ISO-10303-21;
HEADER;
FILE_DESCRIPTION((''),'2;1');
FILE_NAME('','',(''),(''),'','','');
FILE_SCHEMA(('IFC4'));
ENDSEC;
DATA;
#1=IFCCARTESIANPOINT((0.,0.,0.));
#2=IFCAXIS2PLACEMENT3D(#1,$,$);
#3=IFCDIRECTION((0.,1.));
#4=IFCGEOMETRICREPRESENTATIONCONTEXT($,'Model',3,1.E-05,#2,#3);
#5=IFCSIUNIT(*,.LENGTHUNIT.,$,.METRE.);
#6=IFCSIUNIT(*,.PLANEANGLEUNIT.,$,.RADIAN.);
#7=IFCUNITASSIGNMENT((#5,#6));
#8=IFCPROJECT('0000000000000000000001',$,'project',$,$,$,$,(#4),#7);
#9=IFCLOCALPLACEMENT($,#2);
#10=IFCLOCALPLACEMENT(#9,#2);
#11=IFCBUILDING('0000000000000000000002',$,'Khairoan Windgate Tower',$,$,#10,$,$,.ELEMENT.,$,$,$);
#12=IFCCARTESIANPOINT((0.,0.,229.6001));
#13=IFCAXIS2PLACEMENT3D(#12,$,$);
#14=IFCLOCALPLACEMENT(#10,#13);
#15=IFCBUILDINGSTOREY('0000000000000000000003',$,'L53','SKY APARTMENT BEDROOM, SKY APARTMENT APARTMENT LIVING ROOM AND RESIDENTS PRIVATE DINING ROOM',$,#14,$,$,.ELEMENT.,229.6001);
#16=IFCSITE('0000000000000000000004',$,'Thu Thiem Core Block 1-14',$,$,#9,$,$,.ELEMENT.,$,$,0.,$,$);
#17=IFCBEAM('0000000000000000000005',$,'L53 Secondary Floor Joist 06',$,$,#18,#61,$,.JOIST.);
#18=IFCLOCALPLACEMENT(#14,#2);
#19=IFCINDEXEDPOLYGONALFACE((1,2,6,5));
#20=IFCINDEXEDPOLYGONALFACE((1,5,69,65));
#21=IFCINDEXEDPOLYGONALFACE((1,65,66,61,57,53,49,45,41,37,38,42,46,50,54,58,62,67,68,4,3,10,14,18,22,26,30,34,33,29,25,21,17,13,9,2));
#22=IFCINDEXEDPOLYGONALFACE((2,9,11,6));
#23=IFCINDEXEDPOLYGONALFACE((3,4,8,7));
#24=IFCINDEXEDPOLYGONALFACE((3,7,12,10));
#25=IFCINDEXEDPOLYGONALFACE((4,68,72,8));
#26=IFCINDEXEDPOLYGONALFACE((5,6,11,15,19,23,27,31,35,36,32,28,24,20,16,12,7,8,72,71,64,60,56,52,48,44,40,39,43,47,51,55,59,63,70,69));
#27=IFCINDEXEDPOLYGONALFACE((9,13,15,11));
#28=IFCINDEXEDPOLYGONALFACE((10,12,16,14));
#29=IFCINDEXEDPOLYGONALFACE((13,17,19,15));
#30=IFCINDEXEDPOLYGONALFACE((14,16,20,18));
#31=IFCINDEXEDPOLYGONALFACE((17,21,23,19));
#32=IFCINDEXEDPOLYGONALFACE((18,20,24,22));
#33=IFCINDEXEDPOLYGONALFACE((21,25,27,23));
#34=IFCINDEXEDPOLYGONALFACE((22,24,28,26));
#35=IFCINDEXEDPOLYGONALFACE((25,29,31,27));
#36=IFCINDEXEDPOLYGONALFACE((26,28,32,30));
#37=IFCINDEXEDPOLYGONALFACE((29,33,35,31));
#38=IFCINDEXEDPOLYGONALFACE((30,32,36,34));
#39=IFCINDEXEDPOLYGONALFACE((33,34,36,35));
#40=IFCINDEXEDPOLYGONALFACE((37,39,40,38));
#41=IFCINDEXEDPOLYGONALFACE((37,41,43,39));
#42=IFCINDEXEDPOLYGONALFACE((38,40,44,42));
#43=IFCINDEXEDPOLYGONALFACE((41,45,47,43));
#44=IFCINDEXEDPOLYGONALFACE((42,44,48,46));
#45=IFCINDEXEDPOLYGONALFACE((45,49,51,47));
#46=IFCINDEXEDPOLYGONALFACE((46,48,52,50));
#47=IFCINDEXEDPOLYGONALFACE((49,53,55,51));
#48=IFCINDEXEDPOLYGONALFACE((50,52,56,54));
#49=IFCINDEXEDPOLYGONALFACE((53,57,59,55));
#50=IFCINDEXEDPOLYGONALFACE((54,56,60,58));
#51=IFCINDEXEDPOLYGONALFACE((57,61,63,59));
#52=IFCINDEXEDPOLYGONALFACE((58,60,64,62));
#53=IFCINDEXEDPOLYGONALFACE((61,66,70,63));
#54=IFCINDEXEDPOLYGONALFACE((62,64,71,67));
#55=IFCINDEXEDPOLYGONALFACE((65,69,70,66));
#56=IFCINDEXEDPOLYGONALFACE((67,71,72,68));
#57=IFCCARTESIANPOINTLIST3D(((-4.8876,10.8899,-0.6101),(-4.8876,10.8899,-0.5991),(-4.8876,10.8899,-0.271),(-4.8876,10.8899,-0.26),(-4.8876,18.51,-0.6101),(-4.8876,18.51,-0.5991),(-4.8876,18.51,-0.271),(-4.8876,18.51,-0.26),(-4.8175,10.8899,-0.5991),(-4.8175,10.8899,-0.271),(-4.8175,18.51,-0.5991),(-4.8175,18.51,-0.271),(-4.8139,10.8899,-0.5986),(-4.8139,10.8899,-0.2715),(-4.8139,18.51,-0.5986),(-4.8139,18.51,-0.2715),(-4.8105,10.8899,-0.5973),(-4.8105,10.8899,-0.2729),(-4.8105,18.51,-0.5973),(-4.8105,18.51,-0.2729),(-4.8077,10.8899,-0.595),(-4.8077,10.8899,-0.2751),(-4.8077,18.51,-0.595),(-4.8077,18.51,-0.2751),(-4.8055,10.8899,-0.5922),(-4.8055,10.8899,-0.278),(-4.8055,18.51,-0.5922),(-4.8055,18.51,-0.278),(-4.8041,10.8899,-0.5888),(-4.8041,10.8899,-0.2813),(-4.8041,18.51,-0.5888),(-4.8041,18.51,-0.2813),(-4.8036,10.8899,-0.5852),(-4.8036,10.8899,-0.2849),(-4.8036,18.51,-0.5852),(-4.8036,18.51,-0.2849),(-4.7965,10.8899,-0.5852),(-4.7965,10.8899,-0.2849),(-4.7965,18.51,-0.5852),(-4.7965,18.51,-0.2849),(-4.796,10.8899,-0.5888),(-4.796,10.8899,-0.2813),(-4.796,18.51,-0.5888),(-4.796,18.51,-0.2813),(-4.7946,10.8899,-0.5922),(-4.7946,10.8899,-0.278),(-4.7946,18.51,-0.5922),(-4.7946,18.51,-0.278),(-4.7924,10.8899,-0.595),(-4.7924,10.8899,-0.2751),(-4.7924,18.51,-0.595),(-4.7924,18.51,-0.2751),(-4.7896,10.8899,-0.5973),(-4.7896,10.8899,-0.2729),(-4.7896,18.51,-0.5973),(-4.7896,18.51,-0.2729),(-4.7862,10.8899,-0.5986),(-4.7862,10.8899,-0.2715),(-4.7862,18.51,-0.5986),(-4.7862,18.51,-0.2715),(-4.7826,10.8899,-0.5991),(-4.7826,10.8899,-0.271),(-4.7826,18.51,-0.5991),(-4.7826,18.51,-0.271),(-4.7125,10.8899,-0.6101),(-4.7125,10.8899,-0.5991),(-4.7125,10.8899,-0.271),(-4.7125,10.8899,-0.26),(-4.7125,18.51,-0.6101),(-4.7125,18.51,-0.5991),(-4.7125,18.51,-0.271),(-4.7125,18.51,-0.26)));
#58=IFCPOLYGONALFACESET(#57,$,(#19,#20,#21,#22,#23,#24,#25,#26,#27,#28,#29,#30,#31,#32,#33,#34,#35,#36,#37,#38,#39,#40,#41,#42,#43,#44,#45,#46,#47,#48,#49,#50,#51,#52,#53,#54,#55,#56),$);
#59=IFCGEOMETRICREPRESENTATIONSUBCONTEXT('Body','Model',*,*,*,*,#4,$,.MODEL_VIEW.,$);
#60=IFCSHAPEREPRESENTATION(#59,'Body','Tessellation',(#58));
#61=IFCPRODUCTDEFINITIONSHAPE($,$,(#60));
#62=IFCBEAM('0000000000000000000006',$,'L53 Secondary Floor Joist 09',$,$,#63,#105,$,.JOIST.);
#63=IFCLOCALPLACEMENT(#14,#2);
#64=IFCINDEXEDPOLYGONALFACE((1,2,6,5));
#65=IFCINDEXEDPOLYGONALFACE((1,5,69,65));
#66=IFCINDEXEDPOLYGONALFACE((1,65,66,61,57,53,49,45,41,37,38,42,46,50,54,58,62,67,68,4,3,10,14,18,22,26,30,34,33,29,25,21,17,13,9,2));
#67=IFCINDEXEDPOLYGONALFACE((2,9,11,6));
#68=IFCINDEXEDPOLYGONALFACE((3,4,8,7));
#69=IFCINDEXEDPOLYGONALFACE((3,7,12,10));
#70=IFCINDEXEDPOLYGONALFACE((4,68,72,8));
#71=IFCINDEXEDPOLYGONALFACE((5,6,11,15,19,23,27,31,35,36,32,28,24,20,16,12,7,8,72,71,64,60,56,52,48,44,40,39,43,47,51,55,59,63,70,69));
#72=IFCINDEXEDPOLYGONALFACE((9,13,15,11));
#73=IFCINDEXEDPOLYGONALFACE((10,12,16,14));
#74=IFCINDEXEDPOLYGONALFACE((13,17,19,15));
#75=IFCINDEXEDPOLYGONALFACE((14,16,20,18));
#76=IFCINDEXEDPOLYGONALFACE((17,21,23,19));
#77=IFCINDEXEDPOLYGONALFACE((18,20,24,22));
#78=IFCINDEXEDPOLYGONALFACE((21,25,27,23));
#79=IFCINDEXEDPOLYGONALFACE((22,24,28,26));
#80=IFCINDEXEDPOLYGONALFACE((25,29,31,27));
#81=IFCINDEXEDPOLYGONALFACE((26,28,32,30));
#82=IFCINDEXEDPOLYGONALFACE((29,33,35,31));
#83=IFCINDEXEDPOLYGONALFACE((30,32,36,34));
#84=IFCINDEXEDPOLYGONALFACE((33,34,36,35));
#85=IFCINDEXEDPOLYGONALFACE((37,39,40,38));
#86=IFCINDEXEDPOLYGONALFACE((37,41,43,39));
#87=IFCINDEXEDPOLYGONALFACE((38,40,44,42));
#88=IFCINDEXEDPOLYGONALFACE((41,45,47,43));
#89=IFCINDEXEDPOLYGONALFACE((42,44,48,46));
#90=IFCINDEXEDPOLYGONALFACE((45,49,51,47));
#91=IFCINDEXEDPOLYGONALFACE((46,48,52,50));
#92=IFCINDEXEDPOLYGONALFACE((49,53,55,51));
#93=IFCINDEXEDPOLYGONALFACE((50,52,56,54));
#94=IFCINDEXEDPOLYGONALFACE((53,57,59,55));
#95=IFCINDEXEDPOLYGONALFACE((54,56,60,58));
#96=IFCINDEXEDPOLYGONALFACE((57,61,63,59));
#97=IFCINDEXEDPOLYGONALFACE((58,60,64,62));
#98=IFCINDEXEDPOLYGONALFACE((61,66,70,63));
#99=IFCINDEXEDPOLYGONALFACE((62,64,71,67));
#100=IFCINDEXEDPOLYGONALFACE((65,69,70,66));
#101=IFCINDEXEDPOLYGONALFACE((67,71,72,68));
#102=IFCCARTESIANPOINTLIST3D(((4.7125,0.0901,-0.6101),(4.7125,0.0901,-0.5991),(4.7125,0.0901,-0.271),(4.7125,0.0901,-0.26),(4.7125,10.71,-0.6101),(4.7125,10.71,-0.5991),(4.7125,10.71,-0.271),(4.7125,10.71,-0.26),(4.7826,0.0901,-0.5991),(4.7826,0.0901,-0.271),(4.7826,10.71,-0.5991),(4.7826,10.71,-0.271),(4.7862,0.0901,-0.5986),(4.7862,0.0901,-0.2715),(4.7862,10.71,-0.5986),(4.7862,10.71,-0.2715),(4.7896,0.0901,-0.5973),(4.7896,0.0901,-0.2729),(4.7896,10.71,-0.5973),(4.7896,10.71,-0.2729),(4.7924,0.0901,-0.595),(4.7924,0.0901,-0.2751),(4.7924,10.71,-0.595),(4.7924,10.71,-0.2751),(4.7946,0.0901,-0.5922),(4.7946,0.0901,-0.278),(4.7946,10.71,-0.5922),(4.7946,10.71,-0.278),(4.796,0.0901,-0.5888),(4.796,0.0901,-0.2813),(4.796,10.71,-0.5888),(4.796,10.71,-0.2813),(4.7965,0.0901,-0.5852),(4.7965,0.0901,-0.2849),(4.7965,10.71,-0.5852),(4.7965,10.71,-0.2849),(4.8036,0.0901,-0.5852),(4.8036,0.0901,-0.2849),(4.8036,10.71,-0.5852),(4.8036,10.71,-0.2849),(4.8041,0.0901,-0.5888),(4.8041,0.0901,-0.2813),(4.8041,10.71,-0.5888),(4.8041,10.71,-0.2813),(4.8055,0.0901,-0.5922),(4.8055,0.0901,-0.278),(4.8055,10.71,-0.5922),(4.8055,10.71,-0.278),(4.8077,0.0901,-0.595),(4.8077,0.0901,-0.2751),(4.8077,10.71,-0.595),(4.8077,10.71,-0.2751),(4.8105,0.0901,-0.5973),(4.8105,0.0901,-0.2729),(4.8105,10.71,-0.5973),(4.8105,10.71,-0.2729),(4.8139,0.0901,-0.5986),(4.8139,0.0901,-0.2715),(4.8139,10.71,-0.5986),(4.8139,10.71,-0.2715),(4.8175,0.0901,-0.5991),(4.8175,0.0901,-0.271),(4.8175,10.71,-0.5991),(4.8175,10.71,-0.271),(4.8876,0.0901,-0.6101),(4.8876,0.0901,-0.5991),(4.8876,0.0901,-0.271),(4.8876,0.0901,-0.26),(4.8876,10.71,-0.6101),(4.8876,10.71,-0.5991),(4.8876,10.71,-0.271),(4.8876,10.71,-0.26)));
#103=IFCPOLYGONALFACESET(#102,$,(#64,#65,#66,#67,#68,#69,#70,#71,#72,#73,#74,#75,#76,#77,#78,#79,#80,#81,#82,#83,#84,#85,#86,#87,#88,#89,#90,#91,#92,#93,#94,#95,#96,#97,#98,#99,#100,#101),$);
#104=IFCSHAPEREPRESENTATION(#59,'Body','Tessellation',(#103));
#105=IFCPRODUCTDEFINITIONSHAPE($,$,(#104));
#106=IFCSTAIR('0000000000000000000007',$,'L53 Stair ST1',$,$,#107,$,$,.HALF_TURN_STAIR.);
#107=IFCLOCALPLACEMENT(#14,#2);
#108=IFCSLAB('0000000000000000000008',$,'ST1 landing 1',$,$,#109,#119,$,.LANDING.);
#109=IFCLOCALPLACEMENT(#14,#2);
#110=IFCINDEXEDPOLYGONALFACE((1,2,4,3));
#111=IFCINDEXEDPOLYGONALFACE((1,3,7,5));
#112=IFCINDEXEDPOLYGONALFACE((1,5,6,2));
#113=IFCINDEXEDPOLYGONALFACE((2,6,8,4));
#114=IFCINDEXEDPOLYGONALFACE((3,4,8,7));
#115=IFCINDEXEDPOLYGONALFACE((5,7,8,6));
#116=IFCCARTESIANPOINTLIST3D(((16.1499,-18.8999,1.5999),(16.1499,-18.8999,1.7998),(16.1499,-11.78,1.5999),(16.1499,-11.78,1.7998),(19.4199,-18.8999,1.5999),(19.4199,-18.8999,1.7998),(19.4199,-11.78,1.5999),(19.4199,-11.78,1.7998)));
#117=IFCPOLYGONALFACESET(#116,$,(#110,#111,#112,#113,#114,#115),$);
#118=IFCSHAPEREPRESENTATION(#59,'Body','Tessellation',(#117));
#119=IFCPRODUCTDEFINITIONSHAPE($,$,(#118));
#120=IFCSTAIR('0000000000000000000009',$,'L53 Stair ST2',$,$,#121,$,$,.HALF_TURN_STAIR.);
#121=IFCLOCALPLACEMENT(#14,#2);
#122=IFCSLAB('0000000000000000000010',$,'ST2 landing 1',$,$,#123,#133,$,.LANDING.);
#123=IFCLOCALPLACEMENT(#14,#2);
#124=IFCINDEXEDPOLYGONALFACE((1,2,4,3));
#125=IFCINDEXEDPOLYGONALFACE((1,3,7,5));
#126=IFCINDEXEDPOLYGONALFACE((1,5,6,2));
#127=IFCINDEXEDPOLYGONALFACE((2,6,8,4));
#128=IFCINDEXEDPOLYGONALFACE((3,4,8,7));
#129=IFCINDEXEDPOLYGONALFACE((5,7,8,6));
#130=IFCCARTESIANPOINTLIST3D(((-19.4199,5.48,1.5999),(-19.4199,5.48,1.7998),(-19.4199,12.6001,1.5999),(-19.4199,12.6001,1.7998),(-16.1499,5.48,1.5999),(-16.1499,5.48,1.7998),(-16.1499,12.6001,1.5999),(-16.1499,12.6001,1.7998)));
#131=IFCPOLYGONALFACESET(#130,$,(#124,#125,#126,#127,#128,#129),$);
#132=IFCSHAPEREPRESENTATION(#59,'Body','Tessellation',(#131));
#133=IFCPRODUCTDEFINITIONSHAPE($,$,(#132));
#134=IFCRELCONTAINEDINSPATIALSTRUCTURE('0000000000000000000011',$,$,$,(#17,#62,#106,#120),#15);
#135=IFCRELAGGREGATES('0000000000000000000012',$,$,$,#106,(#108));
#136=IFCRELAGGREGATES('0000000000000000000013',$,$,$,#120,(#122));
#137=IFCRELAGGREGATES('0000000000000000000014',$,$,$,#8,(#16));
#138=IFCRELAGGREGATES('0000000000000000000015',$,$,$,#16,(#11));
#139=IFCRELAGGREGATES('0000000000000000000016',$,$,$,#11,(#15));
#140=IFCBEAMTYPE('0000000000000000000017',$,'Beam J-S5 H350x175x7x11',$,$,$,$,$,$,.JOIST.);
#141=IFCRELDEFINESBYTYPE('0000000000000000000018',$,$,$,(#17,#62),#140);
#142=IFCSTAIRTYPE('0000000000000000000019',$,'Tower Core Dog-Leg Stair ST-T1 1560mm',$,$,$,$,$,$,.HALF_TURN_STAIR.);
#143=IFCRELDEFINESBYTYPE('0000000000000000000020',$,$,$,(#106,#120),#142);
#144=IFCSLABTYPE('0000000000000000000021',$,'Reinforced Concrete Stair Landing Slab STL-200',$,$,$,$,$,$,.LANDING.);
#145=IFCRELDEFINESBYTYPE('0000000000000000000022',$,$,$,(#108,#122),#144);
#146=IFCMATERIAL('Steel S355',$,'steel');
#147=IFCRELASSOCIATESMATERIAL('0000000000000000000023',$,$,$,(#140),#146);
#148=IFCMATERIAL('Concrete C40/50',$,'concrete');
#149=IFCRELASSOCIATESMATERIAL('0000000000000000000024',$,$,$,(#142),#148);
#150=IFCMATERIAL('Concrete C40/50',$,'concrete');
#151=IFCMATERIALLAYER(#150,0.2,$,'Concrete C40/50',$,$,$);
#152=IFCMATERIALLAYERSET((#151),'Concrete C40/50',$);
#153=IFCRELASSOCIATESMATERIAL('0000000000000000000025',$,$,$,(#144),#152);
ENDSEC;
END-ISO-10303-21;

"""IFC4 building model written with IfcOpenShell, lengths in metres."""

from ifc_helpers import new_model, si_unit, direction, frame, origin, origin_2d, place, context, subcontext, project, spatial, polyline, i_section, outline, extrude, material, layer, layer_set, material_profile, profile_set, type_object, element, aggregate, save


model = new_model("IFC4")

# Units and contexts
model_context = context("Model", 3, precision=1e-05, world=origin(), true_north=direction((0.0, 1.0)))
body_context = subcontext(model_context, "Body", "Model", "MODEL_VIEW")
ifc_project = project(units=[si_unit("LENGTHUNIT", "METRE"), si_unit("PLANEANGLEUNIT", "RADIAN")], contexts=[model_context])

# Site, building, storey
site_placement = place(None, origin())
site = spatial("IfcSite", under=ifc_project, at=site_placement, Name="Thu Thiem Core Block 1-14", CompositionType="ELEMENT", RefElevation=0.0)
building_placement = place(site_placement, origin())
building = spatial("IfcBuilding", under=site, at=building_placement, Name="Khairoan Windgate Tower", CompositionType="ELEMENT")
storey_placement = place(building_placement, frame((0.0, 0.0, 229.6001)))
storey = spatial("IfcBuildingStorey", under=building, at=storey_placement, Name="L53", Description="SKY APARTMENT BEDROOM, SKY APARTMENT APARTMENT LIVING ROOM AND RESIDENTS PRIVATE DINING ROOM", CompositionType="ELEMENT", Elevation=229.6001)

# Beams
ifc_material_1 = material(Name="Steel S355", Category="steel")
ifc_material_profile_1 = material_profile(ifc_material_1, i_section(OverallWidth=0.175, OverallDepth=0.3501, WebThickness=0.0071, FlangeThickness=0.011, FilletRadius=0.0139, at=origin_2d()))
ifc_profile_set_1 = profile_set([ifc_material_profile_1], Name="Steel S355")
beam_type_1 = type_object("IfcBeamType", Name="Beam J-S5 H350x175x7x11", PredefinedType="JOIST", material=ifc_profile_set_1)
beam_1_placement = place(storey_placement, frame((-4.8, 10.8899, -0.4351), z_axis=(0.0, 1.0, 0.0), x_axis=(-1.0, 0.0, 0.0)))
element("IfcBeam", 1, at=beam_1_placement, inside=storey, type_object=beam_type_1, Name="L53 Secondary Floor Joist 06", PredefinedType="JOIST", context=body_context, shape_type="SweptSolid", body=[
    extrude(i_section(OverallWidth=0.175, OverallDepth=0.3501, WebThickness=0.0071, FlangeThickness=0.011, FilletRadius=0.0139, at=origin_2d()), origin(), (0.0, 0.0, 1.0), 7.6201),
])
beam_2_placement = place(storey_placement, frame((4.8, 0.0901, -0.4351), z_axis=(0.0, 1.0, 0.0), x_axis=(-1.0, 0.0, 0.0)))
element("IfcBeam", 2, at=beam_2_placement, inside=storey, type_object=beam_type_1, Name="L53 Secondary Floor Joist 09", PredefinedType="JOIST", context=body_context, shape_type="SweptSolid", body=[
    extrude(i_section(OverallWidth=0.175, OverallDepth=0.3501, WebThickness=0.0071, FlangeThickness=0.011, FilletRadius=0.0139, at=origin_2d()), origin(), (0.0, 0.0, 1.0), 10.6199),
])

# Stairs, slabs
ifc_material_2 = material(Name="Concrete C40/50", Category="concrete")
stair_type = type_object("IfcStairType", Name="Tower Core Dog-Leg Stair ST-T1 1560mm", PredefinedType="HALF_TURN_STAIR", material=ifc_material_2)
stair_1_placement = place(storey_placement, origin())
stair_1 = element("IfcStair", 3, at=stair_1_placement, inside=storey, type_object=stair_type, Name="L53 Stair ST1", PredefinedType="HALF_TURN_STAIR")
ifc_material_3 = material(Name="Concrete C40/50", Category="concrete")
ifc_layer_1 = layer(ifc_material_3, 0.2, Name="Concrete C40/50")
ifc_layer_set_1 = layer_set([ifc_layer_1], Name="Concrete C40/50")
slab_type_1 = type_object("IfcSlabType", Name="Reinforced Concrete Stair Landing Slab STL-200", PredefinedType="LANDING", material=ifc_layer_set_1)
slab_1_placement = place(storey_placement, frame((0.0, 0.0, 1.5999)))
slab_1 = element("IfcSlab", 4, at=slab_1_placement, type_object=slab_type_1, Name="ST1 landing 1", PredefinedType="LANDING", context=body_context, shape_type="SweptSolid", body=[
    extrude(outline(polyline([(16.1499, -11.78), (16.1499, -18.8999), (19.4199, -18.8999), (19.4199, -11.78), (16.1499, -11.78)])), origin(), (0.0, 0.0, 1.0), 0.2),
])
aggregate(stair_1, [slab_1])
stair_2_placement = place(storey_placement, origin())
stair_2 = element("IfcStair", 5, at=stair_2_placement, inside=storey, type_object=stair_type, Name="L53 Stair ST2", PredefinedType="HALF_TURN_STAIR")
slab_2_placement = place(storey_placement, frame((0.0, 0.0, 1.5999)))
slab_2 = element("IfcSlab", 6, at=slab_2_placement, type_object=slab_type_1, Name="ST2 landing 1", PredefinedType="LANDING", context=body_context, shape_type="SweptSolid", body=[
    extrude(outline(polyline([(-16.1499, 5.48), (-16.1499, 12.6001), (-19.4199, 12.6001), (-19.4199, 5.48), (-16.1499, 5.48)])), origin(), (0.0, 0.0, 1.0), 0.2),
])
aggregate(stair_2, [slab_2])

save(model, "model.ifc")
